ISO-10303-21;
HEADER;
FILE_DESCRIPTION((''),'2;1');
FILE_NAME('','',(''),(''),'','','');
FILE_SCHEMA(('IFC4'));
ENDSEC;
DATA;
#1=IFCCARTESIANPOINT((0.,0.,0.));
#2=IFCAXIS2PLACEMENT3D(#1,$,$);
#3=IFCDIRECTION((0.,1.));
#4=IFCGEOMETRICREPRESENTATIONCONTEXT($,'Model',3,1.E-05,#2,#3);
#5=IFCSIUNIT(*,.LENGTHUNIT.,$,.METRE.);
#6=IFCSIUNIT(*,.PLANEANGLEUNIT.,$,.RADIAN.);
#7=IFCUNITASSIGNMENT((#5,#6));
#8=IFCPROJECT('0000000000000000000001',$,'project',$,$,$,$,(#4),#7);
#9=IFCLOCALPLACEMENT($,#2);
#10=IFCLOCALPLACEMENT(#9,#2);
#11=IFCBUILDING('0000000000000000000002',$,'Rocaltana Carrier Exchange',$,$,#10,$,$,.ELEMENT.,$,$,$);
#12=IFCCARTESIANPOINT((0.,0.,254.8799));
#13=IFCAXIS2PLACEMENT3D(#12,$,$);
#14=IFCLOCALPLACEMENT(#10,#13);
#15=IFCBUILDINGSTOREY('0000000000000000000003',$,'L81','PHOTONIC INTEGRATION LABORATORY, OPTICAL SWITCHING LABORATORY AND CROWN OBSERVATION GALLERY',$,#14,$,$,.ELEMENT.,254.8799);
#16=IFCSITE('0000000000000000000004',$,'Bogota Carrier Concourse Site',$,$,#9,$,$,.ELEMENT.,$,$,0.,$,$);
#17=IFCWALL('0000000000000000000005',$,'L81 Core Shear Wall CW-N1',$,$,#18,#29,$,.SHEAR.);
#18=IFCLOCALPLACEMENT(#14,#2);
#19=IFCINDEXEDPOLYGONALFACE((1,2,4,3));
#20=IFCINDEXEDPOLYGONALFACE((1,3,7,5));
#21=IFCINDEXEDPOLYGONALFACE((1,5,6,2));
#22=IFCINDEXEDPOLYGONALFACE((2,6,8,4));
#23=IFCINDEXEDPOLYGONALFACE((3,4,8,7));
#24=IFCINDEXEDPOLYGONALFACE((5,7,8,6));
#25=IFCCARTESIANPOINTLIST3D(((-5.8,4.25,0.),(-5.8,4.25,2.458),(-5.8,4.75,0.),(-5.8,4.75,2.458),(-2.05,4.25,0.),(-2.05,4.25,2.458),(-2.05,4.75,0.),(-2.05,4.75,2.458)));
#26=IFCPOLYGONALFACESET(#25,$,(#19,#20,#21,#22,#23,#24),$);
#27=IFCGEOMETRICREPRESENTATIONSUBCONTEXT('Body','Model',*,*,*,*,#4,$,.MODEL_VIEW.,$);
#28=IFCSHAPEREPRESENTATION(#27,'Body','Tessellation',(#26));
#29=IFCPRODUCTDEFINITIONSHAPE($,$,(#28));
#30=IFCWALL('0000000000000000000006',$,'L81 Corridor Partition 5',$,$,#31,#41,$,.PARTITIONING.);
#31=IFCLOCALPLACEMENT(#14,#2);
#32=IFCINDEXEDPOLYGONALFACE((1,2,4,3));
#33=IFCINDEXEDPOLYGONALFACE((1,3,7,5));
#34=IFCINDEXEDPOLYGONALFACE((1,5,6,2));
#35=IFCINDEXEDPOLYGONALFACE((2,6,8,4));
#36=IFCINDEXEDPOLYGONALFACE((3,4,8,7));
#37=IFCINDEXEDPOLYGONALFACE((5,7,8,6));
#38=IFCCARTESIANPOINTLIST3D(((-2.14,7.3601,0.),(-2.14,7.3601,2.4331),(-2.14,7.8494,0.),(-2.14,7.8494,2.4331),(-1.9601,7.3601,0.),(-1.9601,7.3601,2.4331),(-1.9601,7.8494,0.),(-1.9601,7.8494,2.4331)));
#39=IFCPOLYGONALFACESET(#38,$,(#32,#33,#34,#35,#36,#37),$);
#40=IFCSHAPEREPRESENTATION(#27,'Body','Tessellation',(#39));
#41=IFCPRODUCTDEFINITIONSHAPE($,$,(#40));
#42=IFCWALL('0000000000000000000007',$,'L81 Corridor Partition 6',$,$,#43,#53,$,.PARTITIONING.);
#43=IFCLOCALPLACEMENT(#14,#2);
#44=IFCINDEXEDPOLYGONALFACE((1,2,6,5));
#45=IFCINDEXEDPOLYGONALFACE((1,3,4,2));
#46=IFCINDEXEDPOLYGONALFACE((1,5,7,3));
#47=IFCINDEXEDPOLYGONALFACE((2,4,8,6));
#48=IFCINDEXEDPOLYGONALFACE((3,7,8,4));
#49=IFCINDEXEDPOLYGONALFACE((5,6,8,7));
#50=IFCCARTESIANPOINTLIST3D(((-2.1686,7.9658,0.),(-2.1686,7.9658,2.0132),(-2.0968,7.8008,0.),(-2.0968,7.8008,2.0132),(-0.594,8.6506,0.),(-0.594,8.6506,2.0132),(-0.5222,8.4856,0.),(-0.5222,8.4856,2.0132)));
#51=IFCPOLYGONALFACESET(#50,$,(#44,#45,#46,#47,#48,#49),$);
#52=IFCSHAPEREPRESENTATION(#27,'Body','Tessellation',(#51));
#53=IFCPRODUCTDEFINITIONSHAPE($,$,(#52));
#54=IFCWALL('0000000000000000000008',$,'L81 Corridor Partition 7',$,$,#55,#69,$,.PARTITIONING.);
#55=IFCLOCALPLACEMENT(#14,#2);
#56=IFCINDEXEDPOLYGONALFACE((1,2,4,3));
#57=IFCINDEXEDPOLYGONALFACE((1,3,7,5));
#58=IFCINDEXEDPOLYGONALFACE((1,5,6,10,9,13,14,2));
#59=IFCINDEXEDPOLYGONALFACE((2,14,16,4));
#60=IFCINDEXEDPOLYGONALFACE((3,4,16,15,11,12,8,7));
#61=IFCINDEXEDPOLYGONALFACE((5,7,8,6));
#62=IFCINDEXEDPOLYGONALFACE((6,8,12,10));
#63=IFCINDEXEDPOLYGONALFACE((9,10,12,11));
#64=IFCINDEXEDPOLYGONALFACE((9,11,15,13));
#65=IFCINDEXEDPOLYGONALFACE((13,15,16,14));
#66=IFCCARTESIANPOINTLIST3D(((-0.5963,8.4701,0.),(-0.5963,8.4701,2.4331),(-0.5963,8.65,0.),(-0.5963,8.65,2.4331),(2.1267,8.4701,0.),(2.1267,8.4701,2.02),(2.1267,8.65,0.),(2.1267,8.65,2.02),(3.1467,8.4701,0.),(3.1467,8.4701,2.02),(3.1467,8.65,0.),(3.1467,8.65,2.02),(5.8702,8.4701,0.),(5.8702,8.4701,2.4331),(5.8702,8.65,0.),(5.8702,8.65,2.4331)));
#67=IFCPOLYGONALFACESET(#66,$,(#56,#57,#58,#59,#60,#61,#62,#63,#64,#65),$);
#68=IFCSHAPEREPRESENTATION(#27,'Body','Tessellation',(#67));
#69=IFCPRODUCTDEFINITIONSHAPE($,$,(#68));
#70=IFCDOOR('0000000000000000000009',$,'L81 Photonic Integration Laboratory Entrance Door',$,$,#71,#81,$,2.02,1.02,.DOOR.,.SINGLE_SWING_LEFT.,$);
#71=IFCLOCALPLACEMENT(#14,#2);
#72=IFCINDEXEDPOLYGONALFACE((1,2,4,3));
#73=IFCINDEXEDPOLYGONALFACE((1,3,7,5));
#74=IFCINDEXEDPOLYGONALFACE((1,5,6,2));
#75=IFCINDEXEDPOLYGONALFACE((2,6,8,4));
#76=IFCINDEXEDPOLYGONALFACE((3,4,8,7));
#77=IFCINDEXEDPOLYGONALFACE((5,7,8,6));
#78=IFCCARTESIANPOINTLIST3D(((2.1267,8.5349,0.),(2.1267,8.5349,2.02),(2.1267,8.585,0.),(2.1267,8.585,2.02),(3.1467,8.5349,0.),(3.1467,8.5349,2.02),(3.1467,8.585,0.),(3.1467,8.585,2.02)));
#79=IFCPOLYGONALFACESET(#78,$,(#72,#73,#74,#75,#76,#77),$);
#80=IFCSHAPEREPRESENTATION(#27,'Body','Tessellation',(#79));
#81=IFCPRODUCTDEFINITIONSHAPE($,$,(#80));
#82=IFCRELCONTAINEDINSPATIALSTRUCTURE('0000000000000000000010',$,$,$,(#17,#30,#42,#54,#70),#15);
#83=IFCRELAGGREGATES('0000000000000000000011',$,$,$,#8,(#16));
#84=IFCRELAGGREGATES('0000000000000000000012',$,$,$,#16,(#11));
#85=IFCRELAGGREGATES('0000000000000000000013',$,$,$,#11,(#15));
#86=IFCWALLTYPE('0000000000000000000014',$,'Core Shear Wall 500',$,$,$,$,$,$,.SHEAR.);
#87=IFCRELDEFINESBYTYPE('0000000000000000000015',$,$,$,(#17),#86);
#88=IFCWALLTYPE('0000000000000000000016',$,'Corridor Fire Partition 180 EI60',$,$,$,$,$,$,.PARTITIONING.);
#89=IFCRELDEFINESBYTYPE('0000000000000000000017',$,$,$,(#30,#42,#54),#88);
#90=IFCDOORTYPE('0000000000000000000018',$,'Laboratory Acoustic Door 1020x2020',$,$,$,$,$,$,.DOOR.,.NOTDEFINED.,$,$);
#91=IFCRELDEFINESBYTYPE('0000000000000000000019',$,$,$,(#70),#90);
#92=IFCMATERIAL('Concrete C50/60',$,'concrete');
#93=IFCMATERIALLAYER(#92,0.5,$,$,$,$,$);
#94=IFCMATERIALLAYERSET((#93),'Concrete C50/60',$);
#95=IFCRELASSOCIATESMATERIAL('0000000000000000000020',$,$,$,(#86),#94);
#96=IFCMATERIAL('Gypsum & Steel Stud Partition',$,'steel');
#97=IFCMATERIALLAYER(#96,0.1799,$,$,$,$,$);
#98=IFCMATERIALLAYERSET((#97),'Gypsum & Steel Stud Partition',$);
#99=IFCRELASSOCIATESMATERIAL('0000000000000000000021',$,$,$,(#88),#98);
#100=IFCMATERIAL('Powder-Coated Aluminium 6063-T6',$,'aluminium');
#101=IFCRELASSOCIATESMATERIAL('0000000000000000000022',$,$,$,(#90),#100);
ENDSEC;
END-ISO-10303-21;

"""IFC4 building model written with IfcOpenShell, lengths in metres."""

from ifc_helpers import new_model, si_unit, direction, frame, frame_2d, origin, place, context, subcontext, project, spatial, rectangle, extrude, material, layer, layer_set, type_object, element, fill, save


model = new_model("IFC4")

# Units and contexts
model_context = context("Model", 3, precision=1e-05, world=origin(), true_north=direction((0.0, 1.0)))
body_context = subcontext(model_context, "Body", "Model", "MODEL_VIEW")
ifc_project = project(units=[si_unit("LENGTHUNIT", "METRE"), si_unit("PLANEANGLEUNIT", "RADIAN")], contexts=[model_context])

# Site, building, storey
site_placement = place(None, origin())
site = spatial("IfcSite", under=ifc_project, at=site_placement, Name="Bogota Carrier Concourse Site", CompositionType="ELEMENT", RefElevation=0.0)
building_placement = place(site_placement, origin())
building = spatial("IfcBuilding", under=site, at=building_placement, Name="Rocaltana Carrier Exchange", CompositionType="ELEMENT")
storey_placement = place(building_placement, frame((0.0, 0.0, 254.8799)))
storey = spatial("IfcBuildingStorey", under=building, at=storey_placement, Name="L81", Description="PHOTONIC INTEGRATION LABORATORY, OPTICAL SWITCHING LABORATORY AND CROWN OBSERVATION GALLERY", CompositionType="ELEMENT", Elevation=254.8799)

# Walls
ifc_material_1 = material(Name="Concrete C50/60", Category="concrete")
ifc_layer_1 = layer(ifc_material_1, 0.5)
ifc_layer_set_1 = layer_set([ifc_layer_1], Name="Concrete C50/60")
wall_type_1 = type_object("IfcWallType", Name="Core Shear Wall 500", PredefinedType="SHEAR", material=ifc_layer_set_1)
wall_1_placement = place(storey_placement, frame((-5.8, 4.5, 0.0), z_axis=(0.0, 0.0, 1.0), x_axis=(1.0, 0.0, 0.0)))
element("IfcWall", 1, at=wall_1_placement, inside=storey, type_object=wall_type_1, Name="L81 Core Shear Wall CW-N1", PredefinedType="SHEAR", context=body_context, shape_type="SweptSolid", body=[
    extrude(rectangle(XDim=3.75, YDim=0.5, at=frame_2d((1.875, 0.0))), origin(), (0.0, 0.0, 1.0), 2.458),
])
ifc_material_2 = material(Name="Gypsum & Steel Stud Partition", Category="steel")
ifc_layer_2 = layer(ifc_material_2, 0.1799)
ifc_layer_set_2 = layer_set([ifc_layer_2], Name="Gypsum & Steel Stud Partition")
wall_type_2 = type_object("IfcWallType", Name="Corridor Fire Partition 180 EI60", PredefinedType="PARTITIONING", material=ifc_layer_set_2)
wall_2_placement = place(storey_placement, frame((-2.05, 7.3601, 0.0), z_axis=(0.0, 0.0, 1.0), x_axis=(0.0, 1.0, 0.0)))
element("IfcWall", 2, at=wall_2_placement, inside=storey, type_object=wall_type_2, Name="L81 Corridor Partition 5", PredefinedType="PARTITIONING", context=body_context, shape_type="SweptSolid", body=[
    extrude(rectangle(XDim=0.4893, YDim=0.1799, at=frame_2d((0.2446, 0.0))), origin(), (0.0, 0.0, 1.0), 2.4331),
])
wall_3_placement = place(storey_placement, frame((-2.1326, 7.8833, 0.0), z_axis=(0.0, 0.0, 1.0), x_axis=(0.917014, 0.398856, 0.0)))
element("IfcWall", 3, at=wall_3_placement, inside=storey, type_object=wall_type_2, Name="L81 Corridor Partition 6", PredefinedType="PARTITIONING", context=body_context, shape_type="SweptSolid", body=[
    extrude(rectangle(XDim=1.717, YDim=0.1799, at=frame_2d((0.8584, 0.0))), origin(), (0.0, 0.0, 1.0), 2.0132),
])

# Wall, opening, door
wall_4_placement = place(storey_placement, frame((-0.5964, 8.5601, 0.0), z_axis=(0.0, 0.0, 1.0), x_axis=(1.0, 0.0, 0.0)))
wall_4 = element("IfcWall", 4, at=wall_4_placement, inside=storey, type_object=wall_type_2, Name="L81 Corridor Partition 7", PredefinedType="PARTITIONING", context=body_context, shape_type="SweptSolid", body=[
    extrude(rectangle(XDim=6.4666, YDim=0.1799, at=frame_2d((3.2334, 0.0))), origin(), (0.0, 0.0, 1.0), 2.4331),
])
opening_placement = place(wall_4_placement, frame((2.7231, 0.0, 0.0)))
opening = element("IfcOpeningElement", 5, at=opening_placement, cuts=wall_4, PredefinedType="OPENING", context=body_context, shape_type="SweptSolid", body=[
    extrude(rectangle(XDim=1.02, YDim=2.02, at=frame_2d((0.51, 1.01))), frame((0.0, 0.0999, 0.0), z_axis=(0.0, -1.0, 0.0), x_axis=(1.0, 0.0, 0.0)), (0.0, 0.0, 1.0), 0.2),
])
ifc_material_3 = material(Name="Powder-Coated Aluminium 6063-T6", Category="aluminium")
door_type = type_object("IfcDoorType", Name="Laboratory Acoustic Door 1020x2020", OperationType="NOTDEFINED", PredefinedType="DOOR", material=ifc_material_3)
door_placement = place(opening_placement, origin())
door = element("IfcDoor", 6, at=door_placement, inside=storey, type_object=door_type, Name="L81 Photonic Integration Laboratory Entrance Door", OperationType="SINGLE_SWING_LEFT", OverallHeight=2.02, OverallWidth=1.02, PredefinedType="DOOR", context=body_context, shape_type="SweptSolid", body=[
    extrude(rectangle(XDim=1.02, YDim=2.02, at=frame_2d((0.51, 1.01))), frame((0.0, 0.0249, 0.0), z_axis=(0.0, -1.0, 0.0), x_axis=(1.0, 0.0, 0.0)), (0.0, 0.0, 1.0), 0.05),
])
fill(opening, door)

save(model, "model.ifc")
